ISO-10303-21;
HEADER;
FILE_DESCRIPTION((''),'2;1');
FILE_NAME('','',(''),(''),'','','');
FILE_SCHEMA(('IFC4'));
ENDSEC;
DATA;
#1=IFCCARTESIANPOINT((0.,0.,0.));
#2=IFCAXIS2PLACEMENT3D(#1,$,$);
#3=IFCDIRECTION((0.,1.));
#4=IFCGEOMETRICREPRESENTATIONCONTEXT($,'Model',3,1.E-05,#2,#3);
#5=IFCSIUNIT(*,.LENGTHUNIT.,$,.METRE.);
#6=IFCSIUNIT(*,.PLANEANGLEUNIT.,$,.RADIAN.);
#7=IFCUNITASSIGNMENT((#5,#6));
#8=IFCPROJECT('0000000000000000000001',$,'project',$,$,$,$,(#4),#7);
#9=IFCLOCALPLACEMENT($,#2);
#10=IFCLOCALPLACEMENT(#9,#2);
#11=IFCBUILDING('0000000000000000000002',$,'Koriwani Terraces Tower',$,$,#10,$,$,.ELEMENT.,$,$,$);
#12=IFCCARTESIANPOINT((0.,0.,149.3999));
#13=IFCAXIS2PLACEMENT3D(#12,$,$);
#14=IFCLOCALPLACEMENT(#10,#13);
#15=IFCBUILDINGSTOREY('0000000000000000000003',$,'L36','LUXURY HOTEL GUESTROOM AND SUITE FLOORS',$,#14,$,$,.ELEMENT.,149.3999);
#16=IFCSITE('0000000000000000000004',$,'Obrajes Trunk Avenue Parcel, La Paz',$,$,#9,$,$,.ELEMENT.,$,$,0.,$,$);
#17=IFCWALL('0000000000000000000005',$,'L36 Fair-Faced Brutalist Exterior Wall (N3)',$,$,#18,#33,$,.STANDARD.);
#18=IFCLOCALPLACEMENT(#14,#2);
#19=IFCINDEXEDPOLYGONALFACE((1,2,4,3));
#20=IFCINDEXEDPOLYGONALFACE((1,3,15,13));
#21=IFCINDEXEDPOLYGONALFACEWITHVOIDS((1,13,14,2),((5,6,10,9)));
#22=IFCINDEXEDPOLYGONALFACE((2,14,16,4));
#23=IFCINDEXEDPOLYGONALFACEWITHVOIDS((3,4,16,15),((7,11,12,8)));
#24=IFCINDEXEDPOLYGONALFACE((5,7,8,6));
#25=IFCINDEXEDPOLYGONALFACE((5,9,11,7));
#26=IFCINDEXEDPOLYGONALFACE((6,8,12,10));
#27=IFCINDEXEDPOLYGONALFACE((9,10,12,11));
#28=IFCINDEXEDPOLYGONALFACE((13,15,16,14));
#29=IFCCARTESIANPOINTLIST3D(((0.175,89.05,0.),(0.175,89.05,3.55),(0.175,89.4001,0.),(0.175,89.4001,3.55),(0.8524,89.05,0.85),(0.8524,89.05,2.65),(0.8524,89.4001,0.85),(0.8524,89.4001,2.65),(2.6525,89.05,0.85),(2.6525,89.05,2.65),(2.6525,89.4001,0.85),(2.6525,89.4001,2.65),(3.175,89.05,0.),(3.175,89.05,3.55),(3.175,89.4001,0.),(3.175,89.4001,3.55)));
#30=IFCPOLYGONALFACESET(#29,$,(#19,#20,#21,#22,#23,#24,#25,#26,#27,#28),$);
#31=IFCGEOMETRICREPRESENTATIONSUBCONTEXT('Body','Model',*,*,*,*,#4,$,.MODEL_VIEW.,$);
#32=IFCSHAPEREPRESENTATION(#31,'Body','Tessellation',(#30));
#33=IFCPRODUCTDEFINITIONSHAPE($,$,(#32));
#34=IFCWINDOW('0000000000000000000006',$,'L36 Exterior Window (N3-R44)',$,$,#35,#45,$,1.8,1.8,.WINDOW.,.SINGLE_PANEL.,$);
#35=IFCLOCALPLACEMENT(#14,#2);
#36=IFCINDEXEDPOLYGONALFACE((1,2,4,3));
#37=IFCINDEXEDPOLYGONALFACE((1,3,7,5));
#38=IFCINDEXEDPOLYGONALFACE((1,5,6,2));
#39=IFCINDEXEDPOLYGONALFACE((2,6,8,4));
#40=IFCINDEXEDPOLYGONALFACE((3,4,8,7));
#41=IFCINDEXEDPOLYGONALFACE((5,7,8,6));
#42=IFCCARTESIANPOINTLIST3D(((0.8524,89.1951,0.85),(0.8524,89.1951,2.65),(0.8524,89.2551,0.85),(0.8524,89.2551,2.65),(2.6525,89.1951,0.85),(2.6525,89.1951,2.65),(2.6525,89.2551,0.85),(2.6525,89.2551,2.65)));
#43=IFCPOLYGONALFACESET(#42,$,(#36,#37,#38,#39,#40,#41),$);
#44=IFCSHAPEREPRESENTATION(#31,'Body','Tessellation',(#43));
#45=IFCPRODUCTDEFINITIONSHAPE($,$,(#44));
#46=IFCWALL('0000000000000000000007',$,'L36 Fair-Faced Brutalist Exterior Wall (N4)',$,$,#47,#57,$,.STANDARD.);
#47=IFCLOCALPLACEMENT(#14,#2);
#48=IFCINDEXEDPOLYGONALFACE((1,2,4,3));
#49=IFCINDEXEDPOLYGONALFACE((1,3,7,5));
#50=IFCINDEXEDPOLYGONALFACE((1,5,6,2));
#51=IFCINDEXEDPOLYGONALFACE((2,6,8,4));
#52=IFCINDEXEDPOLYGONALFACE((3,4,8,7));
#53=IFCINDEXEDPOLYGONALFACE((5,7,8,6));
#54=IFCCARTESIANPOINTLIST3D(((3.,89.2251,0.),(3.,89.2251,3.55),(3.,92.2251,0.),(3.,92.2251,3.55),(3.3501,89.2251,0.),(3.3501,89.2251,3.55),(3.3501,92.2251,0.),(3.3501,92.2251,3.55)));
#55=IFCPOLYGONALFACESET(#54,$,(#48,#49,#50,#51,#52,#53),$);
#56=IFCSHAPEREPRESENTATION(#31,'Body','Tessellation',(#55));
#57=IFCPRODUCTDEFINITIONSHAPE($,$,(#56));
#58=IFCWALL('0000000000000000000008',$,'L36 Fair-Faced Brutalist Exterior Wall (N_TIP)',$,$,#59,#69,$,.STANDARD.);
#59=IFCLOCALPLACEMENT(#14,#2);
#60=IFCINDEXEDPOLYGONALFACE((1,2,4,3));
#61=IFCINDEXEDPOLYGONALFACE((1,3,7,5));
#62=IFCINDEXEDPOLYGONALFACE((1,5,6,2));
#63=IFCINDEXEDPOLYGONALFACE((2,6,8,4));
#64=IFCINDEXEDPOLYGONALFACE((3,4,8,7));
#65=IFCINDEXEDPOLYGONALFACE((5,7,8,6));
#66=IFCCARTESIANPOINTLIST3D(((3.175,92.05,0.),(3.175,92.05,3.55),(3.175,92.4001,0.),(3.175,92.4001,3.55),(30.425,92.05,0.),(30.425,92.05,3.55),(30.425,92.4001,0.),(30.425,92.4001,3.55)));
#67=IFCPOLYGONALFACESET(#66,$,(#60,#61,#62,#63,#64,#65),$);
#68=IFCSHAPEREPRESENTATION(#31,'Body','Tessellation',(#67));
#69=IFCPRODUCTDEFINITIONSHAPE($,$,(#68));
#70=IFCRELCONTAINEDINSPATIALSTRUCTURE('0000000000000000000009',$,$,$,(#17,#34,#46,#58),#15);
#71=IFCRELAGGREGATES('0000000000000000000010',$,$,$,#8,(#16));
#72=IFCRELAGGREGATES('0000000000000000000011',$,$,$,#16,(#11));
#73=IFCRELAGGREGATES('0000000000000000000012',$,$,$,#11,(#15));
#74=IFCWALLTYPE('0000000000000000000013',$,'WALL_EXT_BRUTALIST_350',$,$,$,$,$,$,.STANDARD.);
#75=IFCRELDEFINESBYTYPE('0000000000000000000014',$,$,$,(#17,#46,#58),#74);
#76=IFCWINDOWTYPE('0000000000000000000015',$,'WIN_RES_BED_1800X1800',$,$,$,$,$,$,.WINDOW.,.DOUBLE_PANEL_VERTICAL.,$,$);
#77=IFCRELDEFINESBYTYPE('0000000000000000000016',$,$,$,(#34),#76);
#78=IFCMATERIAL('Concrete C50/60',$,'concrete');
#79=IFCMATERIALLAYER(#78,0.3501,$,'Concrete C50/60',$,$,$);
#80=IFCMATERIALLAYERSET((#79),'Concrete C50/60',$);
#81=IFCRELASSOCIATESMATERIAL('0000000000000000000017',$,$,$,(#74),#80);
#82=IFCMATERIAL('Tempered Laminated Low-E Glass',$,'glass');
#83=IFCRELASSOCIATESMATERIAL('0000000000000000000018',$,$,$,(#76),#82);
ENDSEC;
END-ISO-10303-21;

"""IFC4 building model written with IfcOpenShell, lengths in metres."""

from ifc_helpers import new_model, si_unit, direction, frame, frame_2d, origin, place, context, subcontext, project, spatial, rectangle, extrude, material, layer, layer_set, type_object, element, fill, save


model = new_model("IFC4")

# Units and contexts
model_context = context("Model", 3, precision=1e-05, world=origin(), true_north=direction((0.0, 1.0)))
body_context = subcontext(model_context, "Body", "Model", "MODEL_VIEW")
ifc_project = project(units=[si_unit("LENGTHUNIT", "METRE"), si_unit("PLANEANGLEUNIT", "RADIAN")], contexts=[model_context])

# Site, building, storey
site_placement = place(None, origin())
site = spatial("IfcSite", under=ifc_project, at=site_placement, Name="Obrajes Trunk Avenue Parcel, La Paz", CompositionType="ELEMENT", RefElevation=0.0)
building_placement = place(site_placement, origin())
building = spatial("IfcBuilding", under=site, at=building_placement, Name="Koriwani Terraces Tower", CompositionType="ELEMENT")
storey_placement = place(building_placement, frame((0.0, 0.0, 149.3999)))
storey = spatial("IfcBuildingStorey", under=building, at=storey_placement, Name="L36", Description="LUXURY HOTEL GUESTROOM AND SUITE FLOORS", CompositionType="ELEMENT", Elevation=149.3999)

# Shared definitions
ifc_material_1 = material(Name="Concrete C50/60", Category="concrete")

# Wall, opening, window
ifc_layer_1 = layer(ifc_material_1, 0.3501, Name="Concrete C50/60")
ifc_layer_set_1 = layer_set([ifc_layer_1], Name="Concrete C50/60")
wall_type_1 = type_object("IfcWallType", Name="WALL_EXT_BRUTALIST_350", PredefinedType="STANDARD", material=ifc_layer_set_1)
wall_1_placement = place(storey_placement, frame((0.175, 89.2251, 0.0), z_axis=(0.0, 0.0, 1.0), x_axis=(1.0, 0.0, 0.0)))
wall_1 = element("IfcWall", 1, at=wall_1_placement, inside=storey, type_object=wall_type_1, Name="L36 Fair-Faced Brutalist Exterior Wall (N3)", PredefinedType="STANDARD", context=body_context, shape_type="SweptSolid", body=[
    extrude(rectangle(XDim=3.0, YDim=0.3501, at=frame_2d((1.5, 0.0))), origin(), (0.0, 0.0, 1.0), 3.55),
])
opening_placement = place(wall_1_placement, frame((0.6775, 0.0, 0.8501)))
opening = element("IfcOpeningElement", 2, at=opening_placement, cuts=wall_1, PredefinedType="OPENING", context=body_context, shape_type="SweptSolid", body=[
    extrude(rectangle(XDim=1.8, YDim=1.8, at=frame_2d((0.8999, 0.8999))), frame((0.0, 0.1851, 0.0), z_axis=(0.0, -1.0, 0.0), x_axis=(1.0, 0.0, 0.0)), (0.0, 0.0, 1.0), 0.3701),
])
ifc_material_2 = material(Name="Tempered Laminated Low-E Glass", Category="glass")
window_type = type_object("IfcWindowType", Name="WIN_RES_BED_1800X1800", PartitioningType="DOUBLE_PANEL_VERTICAL", PredefinedType="WINDOW", material=ifc_material_2)
window_placement = place(opening_placement, origin())
window = element("IfcWindow", 3, at=window_placement, inside=storey, type_object=window_type, Name="L36 Exterior Window (N3-R44)", OverallHeight=1.8, OverallWidth=1.8, PartitioningType="SINGLE_PANEL", PredefinedType="WINDOW", context=body_context, shape_type="SweptSolid", body=[
    extrude(rectangle(XDim=1.8, YDim=1.8, at=frame_2d((0.8999, 0.8999))), frame((0.0, 0.03, 0.0), z_axis=(0.0, -1.0, 0.0), x_axis=(1.0, 0.0, 0.0)), (0.0, 0.0, 1.0), 0.0601),
])
fill(opening, window)

# Walls
wall_2_placement = place(storey_placement, frame((3.175, 89.2251, 0.0), z_axis=(0.0, 0.0, 1.0), x_axis=(0.0, 1.0, 0.0)))
element("IfcWall", 4, at=wall_2_placement, inside=storey, type_object=wall_type_1, Name="L36 Fair-Faced Brutalist Exterior Wall (N4)", PredefinedType="STANDARD", context=body_context, shape_type="SweptSolid", body=[
    extrude(rectangle(XDim=3.0, YDim=0.3501, at=frame_2d((1.5, 0.0))), origin(), (0.0, 0.0, 1.0), 3.55),
])
wall_3_placement = place(storey_placement, frame((3.175, 92.2251, 0.0), z_axis=(0.0, 0.0, 1.0), x_axis=(1.0, 0.0, 0.0)))
element("IfcWall", 5, at=wall_3_placement, inside=storey, type_object=wall_type_1, Name="L36 Fair-Faced Brutalist Exterior Wall (N_TIP)", PredefinedType="STANDARD", context=body_context, shape_type="SweptSolid", body=[
    extrude(rectangle(XDim=27.25, YDim=0.3501, at=frame_2d((13.625, 0.0))), origin(), (0.0, 0.0, 1.0), 3.55),
])

save(model, "model.ifc")
